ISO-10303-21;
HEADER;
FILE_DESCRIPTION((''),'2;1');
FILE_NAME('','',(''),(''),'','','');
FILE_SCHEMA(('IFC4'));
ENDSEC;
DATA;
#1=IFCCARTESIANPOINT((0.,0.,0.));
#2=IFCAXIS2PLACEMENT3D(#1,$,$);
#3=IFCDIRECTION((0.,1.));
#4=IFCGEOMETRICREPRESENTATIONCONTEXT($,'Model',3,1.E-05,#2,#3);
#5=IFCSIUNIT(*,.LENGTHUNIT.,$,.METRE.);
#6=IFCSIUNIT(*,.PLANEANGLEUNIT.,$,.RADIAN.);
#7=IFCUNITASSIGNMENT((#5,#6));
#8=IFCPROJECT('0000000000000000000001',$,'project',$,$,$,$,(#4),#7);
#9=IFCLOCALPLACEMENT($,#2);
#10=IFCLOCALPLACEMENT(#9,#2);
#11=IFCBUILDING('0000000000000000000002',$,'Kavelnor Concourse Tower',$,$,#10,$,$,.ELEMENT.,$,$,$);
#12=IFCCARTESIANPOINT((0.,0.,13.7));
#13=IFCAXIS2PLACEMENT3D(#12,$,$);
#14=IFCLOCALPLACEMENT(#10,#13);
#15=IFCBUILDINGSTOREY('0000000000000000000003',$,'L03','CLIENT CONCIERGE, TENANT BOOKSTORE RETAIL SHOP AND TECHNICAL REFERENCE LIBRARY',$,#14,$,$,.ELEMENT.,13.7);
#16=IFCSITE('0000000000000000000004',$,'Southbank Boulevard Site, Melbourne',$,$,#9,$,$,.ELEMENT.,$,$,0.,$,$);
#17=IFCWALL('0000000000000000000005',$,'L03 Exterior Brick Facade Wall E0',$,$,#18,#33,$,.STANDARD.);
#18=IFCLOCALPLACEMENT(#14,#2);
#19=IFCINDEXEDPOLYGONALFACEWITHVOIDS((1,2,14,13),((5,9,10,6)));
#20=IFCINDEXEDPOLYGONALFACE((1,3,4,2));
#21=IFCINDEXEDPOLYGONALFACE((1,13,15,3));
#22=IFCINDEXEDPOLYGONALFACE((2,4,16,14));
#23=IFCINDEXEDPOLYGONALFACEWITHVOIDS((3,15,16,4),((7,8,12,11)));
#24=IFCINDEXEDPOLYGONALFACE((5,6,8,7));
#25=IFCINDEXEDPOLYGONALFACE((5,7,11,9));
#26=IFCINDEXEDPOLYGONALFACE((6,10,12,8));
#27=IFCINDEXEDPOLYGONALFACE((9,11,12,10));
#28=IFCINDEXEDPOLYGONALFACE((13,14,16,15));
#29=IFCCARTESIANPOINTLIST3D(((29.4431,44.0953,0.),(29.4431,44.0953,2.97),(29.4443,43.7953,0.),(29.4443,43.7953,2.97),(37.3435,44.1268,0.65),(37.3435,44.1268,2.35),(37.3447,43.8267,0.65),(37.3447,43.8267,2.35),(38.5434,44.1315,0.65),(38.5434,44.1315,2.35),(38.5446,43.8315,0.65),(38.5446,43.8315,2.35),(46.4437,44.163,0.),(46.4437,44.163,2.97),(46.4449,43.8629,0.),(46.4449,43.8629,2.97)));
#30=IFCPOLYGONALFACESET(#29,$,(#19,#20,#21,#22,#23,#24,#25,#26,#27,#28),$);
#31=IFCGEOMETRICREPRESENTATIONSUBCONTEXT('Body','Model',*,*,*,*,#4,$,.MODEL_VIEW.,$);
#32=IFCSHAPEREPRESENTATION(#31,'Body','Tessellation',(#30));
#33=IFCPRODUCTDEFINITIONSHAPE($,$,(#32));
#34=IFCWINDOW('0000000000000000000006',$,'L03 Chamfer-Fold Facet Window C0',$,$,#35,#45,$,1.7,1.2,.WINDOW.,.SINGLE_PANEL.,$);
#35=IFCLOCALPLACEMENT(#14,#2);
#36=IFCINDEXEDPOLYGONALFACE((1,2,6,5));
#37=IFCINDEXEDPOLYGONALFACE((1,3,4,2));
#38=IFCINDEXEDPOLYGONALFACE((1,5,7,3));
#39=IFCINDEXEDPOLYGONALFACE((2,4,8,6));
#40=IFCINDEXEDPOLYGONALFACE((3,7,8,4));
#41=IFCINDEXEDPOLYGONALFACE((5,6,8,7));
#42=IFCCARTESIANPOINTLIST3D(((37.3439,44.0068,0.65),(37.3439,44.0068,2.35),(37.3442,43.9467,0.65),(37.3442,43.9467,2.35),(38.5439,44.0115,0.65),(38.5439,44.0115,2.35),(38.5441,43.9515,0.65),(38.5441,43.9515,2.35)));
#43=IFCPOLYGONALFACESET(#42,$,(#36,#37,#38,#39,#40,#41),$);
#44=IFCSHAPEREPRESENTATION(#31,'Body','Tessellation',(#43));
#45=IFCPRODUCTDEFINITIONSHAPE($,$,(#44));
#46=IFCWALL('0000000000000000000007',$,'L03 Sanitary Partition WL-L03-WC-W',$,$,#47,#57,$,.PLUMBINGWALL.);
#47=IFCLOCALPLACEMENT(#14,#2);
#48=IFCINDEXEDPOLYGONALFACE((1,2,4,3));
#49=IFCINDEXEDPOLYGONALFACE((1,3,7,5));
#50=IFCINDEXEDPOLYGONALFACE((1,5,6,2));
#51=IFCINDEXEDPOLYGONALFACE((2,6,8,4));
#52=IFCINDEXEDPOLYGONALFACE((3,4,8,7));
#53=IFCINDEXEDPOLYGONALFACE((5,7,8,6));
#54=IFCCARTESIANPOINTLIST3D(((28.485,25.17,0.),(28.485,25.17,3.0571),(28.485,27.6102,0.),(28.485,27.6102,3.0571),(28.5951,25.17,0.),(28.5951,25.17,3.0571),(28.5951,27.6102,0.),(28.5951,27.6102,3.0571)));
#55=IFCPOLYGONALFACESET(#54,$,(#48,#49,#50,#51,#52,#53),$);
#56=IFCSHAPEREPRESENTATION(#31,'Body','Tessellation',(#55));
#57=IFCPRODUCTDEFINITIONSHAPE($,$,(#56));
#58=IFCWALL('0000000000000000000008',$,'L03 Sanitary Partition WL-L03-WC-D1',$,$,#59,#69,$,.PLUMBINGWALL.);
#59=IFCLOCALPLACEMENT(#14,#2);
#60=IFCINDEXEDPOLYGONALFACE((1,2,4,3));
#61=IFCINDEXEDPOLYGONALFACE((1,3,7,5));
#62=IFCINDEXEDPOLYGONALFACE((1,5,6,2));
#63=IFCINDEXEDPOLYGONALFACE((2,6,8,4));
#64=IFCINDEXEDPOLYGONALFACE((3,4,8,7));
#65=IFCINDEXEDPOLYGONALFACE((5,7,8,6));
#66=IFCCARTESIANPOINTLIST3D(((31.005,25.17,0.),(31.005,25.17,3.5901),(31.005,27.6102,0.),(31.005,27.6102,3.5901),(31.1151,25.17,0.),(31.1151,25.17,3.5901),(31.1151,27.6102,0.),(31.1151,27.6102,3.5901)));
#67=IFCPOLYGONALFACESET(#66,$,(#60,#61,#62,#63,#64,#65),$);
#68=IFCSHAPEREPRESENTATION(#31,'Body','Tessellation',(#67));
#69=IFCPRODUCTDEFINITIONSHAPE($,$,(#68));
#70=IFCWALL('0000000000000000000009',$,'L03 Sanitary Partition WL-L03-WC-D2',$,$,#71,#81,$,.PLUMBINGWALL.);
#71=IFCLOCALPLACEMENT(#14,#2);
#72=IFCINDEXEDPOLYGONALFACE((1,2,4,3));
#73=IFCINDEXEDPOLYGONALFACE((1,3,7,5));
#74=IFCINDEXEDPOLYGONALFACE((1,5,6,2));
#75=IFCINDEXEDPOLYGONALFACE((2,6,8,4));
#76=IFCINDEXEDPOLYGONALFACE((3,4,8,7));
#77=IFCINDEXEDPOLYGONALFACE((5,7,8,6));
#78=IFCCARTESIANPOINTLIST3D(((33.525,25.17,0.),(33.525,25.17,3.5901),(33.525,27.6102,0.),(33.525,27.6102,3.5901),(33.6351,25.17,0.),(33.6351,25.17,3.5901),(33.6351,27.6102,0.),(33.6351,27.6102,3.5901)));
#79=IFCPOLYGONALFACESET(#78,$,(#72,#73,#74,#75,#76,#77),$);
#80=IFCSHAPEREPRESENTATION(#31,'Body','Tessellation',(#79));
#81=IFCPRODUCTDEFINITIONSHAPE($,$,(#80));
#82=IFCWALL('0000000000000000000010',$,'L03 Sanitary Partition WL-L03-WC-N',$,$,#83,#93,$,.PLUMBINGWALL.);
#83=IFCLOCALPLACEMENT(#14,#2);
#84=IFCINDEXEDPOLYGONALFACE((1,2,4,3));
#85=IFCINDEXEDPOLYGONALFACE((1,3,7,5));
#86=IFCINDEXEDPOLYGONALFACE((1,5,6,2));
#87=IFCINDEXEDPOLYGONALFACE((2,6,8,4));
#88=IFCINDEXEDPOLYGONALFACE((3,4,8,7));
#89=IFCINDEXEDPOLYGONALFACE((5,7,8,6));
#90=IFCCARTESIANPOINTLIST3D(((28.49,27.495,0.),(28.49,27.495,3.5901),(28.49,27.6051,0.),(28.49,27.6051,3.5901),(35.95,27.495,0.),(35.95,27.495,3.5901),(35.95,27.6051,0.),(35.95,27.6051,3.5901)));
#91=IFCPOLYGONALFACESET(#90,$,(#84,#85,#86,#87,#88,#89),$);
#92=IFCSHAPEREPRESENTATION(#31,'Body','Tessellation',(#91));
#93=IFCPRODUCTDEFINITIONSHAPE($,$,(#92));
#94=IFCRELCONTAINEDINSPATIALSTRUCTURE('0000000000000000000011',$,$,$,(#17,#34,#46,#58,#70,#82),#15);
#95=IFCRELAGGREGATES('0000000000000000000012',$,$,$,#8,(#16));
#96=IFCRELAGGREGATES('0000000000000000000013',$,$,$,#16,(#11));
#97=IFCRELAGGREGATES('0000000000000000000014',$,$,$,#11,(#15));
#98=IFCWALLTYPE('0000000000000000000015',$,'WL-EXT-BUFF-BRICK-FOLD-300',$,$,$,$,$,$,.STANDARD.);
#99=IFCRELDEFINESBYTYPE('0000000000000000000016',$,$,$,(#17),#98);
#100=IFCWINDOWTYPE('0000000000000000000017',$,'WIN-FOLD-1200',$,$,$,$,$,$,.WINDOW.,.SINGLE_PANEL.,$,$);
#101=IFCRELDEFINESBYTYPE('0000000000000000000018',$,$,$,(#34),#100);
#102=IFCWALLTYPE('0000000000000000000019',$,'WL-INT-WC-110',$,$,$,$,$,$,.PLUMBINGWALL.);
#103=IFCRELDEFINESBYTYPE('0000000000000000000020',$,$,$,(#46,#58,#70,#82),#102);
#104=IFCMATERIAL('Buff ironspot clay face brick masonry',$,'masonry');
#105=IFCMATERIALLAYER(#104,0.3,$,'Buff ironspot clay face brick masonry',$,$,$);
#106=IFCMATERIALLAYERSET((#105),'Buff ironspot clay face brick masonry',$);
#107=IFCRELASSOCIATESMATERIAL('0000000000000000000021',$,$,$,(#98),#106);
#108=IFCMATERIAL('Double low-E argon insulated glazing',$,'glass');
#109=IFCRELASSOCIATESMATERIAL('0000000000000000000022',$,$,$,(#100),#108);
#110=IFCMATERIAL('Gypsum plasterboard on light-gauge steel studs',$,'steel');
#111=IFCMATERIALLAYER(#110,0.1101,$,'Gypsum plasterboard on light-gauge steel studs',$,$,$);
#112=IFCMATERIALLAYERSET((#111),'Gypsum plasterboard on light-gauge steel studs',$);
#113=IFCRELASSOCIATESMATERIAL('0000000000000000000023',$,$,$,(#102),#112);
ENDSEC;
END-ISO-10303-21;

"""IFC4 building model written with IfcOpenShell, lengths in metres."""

from ifc_helpers import new_model, si_unit, direction, frame, frame_2d, origin, place, context, subcontext, project, spatial, rectangle, extrude, material, layer, layer_set, type_object, element, fill, save


model = new_model("IFC4")

# Units and contexts
model_context = context("Model", 3, precision=1e-05, world=origin(), true_north=direction((0.0, 1.0)))
body_context = subcontext(model_context, "Body", "Model", "MODEL_VIEW")
ifc_project = project(units=[si_unit("LENGTHUNIT", "METRE"), si_unit("PLANEANGLEUNIT", "RADIAN")], contexts=[model_context])

# Site, building, storey
site_placement = place(None, origin())
site = spatial("IfcSite", under=ifc_project, at=site_placement, Name="Southbank Boulevard Site, Melbourne", CompositionType="ELEMENT", RefElevation=0.0)
building_placement = place(site_placement, origin())
building = spatial("IfcBuilding", under=site, at=building_placement, Name="Kavelnor Concourse Tower", CompositionType="ELEMENT")
storey_placement = place(building_placement, frame((0.0, 0.0, 13.7)))
storey = spatial("IfcBuildingStorey", under=building, at=storey_placement, Name="L03", Description="CLIENT CONCIERGE, TENANT BOOKSTORE RETAIL SHOP AND TECHNICAL REFERENCE LIBRARY", CompositionType="ELEMENT", Elevation=13.7)

# Wall, opening, window
ifc_material_1 = material(Name="Buff ironspot clay face brick masonry", Category="masonry")
ifc_layer_1 = layer(ifc_material_1, 0.3, Name="Buff ironspot clay face brick masonry")
ifc_layer_set_1 = layer_set([ifc_layer_1], Name="Buff ironspot clay face brick masonry")
wall_type_1 = type_object("IfcWallType", Name="WL-EXT-BUFF-BRICK-FOLD-300", PredefinedType="STANDARD", material=ifc_layer_set_1)
wall_1_placement = place(storey_placement, frame((29.4436, 43.9453, 0.0), z_axis=(0.0, 0.0, 1.0), x_axis=(0.999992, 0.003978, 0.0)))
wall_1 = element("IfcWall", 1, at=wall_1_placement, inside=storey, type_object=wall_type_1, Name="L03 Exterior Brick Facade Wall E0", PredefinedType="STANDARD", context=body_context, shape_type="SweptSolid", body=[
    extrude(rectangle(XDim=17.0007, YDim=0.3, at=frame_2d((8.5005, 0.0))), origin(), (0.0, 0.0, 1.0), 2.97),
])
opening_placement = place(wall_1_placement, frame((7.9004, 0.0, 0.6499)))
opening = element("IfcOpeningElement", 2, at=opening_placement, cuts=wall_1, PredefinedType="OPENING", context=body_context, shape_type="SweptSolid", body=[
    extrude(rectangle(XDim=1.2, YDim=1.7, at=frame_2d((0.6001, 0.8501))), frame((0.0, 0.1602, 0.0), z_axis=(0.0, -1.0, 0.0), x_axis=(1.0, 0.0, 0.0)), (0.0, 0.0, 1.0), 0.3201),
])
ifc_material_2 = material(Name="Double low-E argon insulated glazing", Category="glass")
window_type = type_object("IfcWindowType", Name="WIN-FOLD-1200", PartitioningType="SINGLE_PANEL", PredefinedType="WINDOW", material=ifc_material_2)
window_placement = place(opening_placement, origin())
window = element("IfcWindow", 3, at=window_placement, inside=storey, type_object=window_type, Name="L03 Chamfer-Fold Facet Window C0", OverallHeight=1.7, OverallWidth=1.2, PartitioningType="SINGLE_PANEL", PredefinedType="WINDOW", context=body_context, shape_type="SweptSolid", body=[
    extrude(rectangle(XDim=1.2, YDim=1.7, at=frame_2d((0.6001, 0.8501))), frame((0.0, 0.03, 0.0), z_axis=(0.0, -1.0, 0.0), x_axis=(1.0, 0.0, 0.0)), (0.0, 0.0, 1.0), 0.0601),
])
fill(opening, window)

# Walls
ifc_material_3 = material(Name="Gypsum plasterboard on light-gauge steel studs", Category="steel")
ifc_layer_2 = layer(ifc_material_3, 0.1101, Name="Gypsum plasterboard on light-gauge steel studs")
ifc_layer_set_2 = layer_set([ifc_layer_2], Name="Gypsum plasterboard on light-gauge steel studs")
wall_type_2 = type_object("IfcWallType", Name="WL-INT-WC-110", PredefinedType="PLUMBINGWALL", material=ifc_layer_set_2)
wall_2_placement = place(storey_placement, frame((28.54, 25.1699, 0.0), z_axis=(0.0, 0.0, 1.0), x_axis=(0.0, 1.0, 0.0)))
element("IfcWall", 4, at=wall_2_placement, inside=storey, type_object=wall_type_2, Name="L03 Sanitary Partition WL-L03-WC-W", PredefinedType="PLUMBINGWALL", context=body_context, shape_type="SweptSolid", body=[
    extrude(rectangle(XDim=2.4402, YDim=0.1101, at=frame_2d((1.2202, 0.0))), origin(), (0.0, 0.0, 1.0), 3.0571),
])
for number, where, z_axis, x_axis, name in (
    (5, (31.0601, 25.1699, 0.0), (0.0, 0.0, 1.0), (0.0, 1.0, 0.0), "L03 Sanitary Partition WL-L03-WC-D1"),
    (6, (33.5801, 25.1699, 0.0), (0.0, 0.0, 1.0), (0.0, 1.0, 0.0), "L03 Sanitary Partition WL-L03-WC-D2"),
):
    element("IfcWall", number, at=place(storey_placement, frame(where, z_axis=z_axis, x_axis=x_axis)), inside=storey, type_object=wall_type_2, Name=name, PredefinedType="PLUMBINGWALL", context=body_context, shape_type="SweptSolid", body=[
        extrude(rectangle(XDim=2.4402, YDim=0.1101, at=frame_2d((1.2202, 0.0))), origin(), (0.0, 0.0, 1.0), 3.5901),
    ])
wall_3_placement = place(storey_placement, frame((28.49, 27.55, 0.0), z_axis=(0.0, 0.0, 1.0), x_axis=(1.0, 0.0, 0.0)))
element("IfcWall", 7, at=wall_3_placement, inside=storey, type_object=wall_type_2, Name="L03 Sanitary Partition WL-L03-WC-N", PredefinedType="PLUMBINGWALL", context=body_context, shape_type="SweptSolid", body=[
    extrude(rectangle(XDim=7.46, YDim=0.1101, at=frame_2d((3.73, 0.0))), origin(), (0.0, 0.0, 1.0), 3.5901),
])

save(model, "model.ifc")
